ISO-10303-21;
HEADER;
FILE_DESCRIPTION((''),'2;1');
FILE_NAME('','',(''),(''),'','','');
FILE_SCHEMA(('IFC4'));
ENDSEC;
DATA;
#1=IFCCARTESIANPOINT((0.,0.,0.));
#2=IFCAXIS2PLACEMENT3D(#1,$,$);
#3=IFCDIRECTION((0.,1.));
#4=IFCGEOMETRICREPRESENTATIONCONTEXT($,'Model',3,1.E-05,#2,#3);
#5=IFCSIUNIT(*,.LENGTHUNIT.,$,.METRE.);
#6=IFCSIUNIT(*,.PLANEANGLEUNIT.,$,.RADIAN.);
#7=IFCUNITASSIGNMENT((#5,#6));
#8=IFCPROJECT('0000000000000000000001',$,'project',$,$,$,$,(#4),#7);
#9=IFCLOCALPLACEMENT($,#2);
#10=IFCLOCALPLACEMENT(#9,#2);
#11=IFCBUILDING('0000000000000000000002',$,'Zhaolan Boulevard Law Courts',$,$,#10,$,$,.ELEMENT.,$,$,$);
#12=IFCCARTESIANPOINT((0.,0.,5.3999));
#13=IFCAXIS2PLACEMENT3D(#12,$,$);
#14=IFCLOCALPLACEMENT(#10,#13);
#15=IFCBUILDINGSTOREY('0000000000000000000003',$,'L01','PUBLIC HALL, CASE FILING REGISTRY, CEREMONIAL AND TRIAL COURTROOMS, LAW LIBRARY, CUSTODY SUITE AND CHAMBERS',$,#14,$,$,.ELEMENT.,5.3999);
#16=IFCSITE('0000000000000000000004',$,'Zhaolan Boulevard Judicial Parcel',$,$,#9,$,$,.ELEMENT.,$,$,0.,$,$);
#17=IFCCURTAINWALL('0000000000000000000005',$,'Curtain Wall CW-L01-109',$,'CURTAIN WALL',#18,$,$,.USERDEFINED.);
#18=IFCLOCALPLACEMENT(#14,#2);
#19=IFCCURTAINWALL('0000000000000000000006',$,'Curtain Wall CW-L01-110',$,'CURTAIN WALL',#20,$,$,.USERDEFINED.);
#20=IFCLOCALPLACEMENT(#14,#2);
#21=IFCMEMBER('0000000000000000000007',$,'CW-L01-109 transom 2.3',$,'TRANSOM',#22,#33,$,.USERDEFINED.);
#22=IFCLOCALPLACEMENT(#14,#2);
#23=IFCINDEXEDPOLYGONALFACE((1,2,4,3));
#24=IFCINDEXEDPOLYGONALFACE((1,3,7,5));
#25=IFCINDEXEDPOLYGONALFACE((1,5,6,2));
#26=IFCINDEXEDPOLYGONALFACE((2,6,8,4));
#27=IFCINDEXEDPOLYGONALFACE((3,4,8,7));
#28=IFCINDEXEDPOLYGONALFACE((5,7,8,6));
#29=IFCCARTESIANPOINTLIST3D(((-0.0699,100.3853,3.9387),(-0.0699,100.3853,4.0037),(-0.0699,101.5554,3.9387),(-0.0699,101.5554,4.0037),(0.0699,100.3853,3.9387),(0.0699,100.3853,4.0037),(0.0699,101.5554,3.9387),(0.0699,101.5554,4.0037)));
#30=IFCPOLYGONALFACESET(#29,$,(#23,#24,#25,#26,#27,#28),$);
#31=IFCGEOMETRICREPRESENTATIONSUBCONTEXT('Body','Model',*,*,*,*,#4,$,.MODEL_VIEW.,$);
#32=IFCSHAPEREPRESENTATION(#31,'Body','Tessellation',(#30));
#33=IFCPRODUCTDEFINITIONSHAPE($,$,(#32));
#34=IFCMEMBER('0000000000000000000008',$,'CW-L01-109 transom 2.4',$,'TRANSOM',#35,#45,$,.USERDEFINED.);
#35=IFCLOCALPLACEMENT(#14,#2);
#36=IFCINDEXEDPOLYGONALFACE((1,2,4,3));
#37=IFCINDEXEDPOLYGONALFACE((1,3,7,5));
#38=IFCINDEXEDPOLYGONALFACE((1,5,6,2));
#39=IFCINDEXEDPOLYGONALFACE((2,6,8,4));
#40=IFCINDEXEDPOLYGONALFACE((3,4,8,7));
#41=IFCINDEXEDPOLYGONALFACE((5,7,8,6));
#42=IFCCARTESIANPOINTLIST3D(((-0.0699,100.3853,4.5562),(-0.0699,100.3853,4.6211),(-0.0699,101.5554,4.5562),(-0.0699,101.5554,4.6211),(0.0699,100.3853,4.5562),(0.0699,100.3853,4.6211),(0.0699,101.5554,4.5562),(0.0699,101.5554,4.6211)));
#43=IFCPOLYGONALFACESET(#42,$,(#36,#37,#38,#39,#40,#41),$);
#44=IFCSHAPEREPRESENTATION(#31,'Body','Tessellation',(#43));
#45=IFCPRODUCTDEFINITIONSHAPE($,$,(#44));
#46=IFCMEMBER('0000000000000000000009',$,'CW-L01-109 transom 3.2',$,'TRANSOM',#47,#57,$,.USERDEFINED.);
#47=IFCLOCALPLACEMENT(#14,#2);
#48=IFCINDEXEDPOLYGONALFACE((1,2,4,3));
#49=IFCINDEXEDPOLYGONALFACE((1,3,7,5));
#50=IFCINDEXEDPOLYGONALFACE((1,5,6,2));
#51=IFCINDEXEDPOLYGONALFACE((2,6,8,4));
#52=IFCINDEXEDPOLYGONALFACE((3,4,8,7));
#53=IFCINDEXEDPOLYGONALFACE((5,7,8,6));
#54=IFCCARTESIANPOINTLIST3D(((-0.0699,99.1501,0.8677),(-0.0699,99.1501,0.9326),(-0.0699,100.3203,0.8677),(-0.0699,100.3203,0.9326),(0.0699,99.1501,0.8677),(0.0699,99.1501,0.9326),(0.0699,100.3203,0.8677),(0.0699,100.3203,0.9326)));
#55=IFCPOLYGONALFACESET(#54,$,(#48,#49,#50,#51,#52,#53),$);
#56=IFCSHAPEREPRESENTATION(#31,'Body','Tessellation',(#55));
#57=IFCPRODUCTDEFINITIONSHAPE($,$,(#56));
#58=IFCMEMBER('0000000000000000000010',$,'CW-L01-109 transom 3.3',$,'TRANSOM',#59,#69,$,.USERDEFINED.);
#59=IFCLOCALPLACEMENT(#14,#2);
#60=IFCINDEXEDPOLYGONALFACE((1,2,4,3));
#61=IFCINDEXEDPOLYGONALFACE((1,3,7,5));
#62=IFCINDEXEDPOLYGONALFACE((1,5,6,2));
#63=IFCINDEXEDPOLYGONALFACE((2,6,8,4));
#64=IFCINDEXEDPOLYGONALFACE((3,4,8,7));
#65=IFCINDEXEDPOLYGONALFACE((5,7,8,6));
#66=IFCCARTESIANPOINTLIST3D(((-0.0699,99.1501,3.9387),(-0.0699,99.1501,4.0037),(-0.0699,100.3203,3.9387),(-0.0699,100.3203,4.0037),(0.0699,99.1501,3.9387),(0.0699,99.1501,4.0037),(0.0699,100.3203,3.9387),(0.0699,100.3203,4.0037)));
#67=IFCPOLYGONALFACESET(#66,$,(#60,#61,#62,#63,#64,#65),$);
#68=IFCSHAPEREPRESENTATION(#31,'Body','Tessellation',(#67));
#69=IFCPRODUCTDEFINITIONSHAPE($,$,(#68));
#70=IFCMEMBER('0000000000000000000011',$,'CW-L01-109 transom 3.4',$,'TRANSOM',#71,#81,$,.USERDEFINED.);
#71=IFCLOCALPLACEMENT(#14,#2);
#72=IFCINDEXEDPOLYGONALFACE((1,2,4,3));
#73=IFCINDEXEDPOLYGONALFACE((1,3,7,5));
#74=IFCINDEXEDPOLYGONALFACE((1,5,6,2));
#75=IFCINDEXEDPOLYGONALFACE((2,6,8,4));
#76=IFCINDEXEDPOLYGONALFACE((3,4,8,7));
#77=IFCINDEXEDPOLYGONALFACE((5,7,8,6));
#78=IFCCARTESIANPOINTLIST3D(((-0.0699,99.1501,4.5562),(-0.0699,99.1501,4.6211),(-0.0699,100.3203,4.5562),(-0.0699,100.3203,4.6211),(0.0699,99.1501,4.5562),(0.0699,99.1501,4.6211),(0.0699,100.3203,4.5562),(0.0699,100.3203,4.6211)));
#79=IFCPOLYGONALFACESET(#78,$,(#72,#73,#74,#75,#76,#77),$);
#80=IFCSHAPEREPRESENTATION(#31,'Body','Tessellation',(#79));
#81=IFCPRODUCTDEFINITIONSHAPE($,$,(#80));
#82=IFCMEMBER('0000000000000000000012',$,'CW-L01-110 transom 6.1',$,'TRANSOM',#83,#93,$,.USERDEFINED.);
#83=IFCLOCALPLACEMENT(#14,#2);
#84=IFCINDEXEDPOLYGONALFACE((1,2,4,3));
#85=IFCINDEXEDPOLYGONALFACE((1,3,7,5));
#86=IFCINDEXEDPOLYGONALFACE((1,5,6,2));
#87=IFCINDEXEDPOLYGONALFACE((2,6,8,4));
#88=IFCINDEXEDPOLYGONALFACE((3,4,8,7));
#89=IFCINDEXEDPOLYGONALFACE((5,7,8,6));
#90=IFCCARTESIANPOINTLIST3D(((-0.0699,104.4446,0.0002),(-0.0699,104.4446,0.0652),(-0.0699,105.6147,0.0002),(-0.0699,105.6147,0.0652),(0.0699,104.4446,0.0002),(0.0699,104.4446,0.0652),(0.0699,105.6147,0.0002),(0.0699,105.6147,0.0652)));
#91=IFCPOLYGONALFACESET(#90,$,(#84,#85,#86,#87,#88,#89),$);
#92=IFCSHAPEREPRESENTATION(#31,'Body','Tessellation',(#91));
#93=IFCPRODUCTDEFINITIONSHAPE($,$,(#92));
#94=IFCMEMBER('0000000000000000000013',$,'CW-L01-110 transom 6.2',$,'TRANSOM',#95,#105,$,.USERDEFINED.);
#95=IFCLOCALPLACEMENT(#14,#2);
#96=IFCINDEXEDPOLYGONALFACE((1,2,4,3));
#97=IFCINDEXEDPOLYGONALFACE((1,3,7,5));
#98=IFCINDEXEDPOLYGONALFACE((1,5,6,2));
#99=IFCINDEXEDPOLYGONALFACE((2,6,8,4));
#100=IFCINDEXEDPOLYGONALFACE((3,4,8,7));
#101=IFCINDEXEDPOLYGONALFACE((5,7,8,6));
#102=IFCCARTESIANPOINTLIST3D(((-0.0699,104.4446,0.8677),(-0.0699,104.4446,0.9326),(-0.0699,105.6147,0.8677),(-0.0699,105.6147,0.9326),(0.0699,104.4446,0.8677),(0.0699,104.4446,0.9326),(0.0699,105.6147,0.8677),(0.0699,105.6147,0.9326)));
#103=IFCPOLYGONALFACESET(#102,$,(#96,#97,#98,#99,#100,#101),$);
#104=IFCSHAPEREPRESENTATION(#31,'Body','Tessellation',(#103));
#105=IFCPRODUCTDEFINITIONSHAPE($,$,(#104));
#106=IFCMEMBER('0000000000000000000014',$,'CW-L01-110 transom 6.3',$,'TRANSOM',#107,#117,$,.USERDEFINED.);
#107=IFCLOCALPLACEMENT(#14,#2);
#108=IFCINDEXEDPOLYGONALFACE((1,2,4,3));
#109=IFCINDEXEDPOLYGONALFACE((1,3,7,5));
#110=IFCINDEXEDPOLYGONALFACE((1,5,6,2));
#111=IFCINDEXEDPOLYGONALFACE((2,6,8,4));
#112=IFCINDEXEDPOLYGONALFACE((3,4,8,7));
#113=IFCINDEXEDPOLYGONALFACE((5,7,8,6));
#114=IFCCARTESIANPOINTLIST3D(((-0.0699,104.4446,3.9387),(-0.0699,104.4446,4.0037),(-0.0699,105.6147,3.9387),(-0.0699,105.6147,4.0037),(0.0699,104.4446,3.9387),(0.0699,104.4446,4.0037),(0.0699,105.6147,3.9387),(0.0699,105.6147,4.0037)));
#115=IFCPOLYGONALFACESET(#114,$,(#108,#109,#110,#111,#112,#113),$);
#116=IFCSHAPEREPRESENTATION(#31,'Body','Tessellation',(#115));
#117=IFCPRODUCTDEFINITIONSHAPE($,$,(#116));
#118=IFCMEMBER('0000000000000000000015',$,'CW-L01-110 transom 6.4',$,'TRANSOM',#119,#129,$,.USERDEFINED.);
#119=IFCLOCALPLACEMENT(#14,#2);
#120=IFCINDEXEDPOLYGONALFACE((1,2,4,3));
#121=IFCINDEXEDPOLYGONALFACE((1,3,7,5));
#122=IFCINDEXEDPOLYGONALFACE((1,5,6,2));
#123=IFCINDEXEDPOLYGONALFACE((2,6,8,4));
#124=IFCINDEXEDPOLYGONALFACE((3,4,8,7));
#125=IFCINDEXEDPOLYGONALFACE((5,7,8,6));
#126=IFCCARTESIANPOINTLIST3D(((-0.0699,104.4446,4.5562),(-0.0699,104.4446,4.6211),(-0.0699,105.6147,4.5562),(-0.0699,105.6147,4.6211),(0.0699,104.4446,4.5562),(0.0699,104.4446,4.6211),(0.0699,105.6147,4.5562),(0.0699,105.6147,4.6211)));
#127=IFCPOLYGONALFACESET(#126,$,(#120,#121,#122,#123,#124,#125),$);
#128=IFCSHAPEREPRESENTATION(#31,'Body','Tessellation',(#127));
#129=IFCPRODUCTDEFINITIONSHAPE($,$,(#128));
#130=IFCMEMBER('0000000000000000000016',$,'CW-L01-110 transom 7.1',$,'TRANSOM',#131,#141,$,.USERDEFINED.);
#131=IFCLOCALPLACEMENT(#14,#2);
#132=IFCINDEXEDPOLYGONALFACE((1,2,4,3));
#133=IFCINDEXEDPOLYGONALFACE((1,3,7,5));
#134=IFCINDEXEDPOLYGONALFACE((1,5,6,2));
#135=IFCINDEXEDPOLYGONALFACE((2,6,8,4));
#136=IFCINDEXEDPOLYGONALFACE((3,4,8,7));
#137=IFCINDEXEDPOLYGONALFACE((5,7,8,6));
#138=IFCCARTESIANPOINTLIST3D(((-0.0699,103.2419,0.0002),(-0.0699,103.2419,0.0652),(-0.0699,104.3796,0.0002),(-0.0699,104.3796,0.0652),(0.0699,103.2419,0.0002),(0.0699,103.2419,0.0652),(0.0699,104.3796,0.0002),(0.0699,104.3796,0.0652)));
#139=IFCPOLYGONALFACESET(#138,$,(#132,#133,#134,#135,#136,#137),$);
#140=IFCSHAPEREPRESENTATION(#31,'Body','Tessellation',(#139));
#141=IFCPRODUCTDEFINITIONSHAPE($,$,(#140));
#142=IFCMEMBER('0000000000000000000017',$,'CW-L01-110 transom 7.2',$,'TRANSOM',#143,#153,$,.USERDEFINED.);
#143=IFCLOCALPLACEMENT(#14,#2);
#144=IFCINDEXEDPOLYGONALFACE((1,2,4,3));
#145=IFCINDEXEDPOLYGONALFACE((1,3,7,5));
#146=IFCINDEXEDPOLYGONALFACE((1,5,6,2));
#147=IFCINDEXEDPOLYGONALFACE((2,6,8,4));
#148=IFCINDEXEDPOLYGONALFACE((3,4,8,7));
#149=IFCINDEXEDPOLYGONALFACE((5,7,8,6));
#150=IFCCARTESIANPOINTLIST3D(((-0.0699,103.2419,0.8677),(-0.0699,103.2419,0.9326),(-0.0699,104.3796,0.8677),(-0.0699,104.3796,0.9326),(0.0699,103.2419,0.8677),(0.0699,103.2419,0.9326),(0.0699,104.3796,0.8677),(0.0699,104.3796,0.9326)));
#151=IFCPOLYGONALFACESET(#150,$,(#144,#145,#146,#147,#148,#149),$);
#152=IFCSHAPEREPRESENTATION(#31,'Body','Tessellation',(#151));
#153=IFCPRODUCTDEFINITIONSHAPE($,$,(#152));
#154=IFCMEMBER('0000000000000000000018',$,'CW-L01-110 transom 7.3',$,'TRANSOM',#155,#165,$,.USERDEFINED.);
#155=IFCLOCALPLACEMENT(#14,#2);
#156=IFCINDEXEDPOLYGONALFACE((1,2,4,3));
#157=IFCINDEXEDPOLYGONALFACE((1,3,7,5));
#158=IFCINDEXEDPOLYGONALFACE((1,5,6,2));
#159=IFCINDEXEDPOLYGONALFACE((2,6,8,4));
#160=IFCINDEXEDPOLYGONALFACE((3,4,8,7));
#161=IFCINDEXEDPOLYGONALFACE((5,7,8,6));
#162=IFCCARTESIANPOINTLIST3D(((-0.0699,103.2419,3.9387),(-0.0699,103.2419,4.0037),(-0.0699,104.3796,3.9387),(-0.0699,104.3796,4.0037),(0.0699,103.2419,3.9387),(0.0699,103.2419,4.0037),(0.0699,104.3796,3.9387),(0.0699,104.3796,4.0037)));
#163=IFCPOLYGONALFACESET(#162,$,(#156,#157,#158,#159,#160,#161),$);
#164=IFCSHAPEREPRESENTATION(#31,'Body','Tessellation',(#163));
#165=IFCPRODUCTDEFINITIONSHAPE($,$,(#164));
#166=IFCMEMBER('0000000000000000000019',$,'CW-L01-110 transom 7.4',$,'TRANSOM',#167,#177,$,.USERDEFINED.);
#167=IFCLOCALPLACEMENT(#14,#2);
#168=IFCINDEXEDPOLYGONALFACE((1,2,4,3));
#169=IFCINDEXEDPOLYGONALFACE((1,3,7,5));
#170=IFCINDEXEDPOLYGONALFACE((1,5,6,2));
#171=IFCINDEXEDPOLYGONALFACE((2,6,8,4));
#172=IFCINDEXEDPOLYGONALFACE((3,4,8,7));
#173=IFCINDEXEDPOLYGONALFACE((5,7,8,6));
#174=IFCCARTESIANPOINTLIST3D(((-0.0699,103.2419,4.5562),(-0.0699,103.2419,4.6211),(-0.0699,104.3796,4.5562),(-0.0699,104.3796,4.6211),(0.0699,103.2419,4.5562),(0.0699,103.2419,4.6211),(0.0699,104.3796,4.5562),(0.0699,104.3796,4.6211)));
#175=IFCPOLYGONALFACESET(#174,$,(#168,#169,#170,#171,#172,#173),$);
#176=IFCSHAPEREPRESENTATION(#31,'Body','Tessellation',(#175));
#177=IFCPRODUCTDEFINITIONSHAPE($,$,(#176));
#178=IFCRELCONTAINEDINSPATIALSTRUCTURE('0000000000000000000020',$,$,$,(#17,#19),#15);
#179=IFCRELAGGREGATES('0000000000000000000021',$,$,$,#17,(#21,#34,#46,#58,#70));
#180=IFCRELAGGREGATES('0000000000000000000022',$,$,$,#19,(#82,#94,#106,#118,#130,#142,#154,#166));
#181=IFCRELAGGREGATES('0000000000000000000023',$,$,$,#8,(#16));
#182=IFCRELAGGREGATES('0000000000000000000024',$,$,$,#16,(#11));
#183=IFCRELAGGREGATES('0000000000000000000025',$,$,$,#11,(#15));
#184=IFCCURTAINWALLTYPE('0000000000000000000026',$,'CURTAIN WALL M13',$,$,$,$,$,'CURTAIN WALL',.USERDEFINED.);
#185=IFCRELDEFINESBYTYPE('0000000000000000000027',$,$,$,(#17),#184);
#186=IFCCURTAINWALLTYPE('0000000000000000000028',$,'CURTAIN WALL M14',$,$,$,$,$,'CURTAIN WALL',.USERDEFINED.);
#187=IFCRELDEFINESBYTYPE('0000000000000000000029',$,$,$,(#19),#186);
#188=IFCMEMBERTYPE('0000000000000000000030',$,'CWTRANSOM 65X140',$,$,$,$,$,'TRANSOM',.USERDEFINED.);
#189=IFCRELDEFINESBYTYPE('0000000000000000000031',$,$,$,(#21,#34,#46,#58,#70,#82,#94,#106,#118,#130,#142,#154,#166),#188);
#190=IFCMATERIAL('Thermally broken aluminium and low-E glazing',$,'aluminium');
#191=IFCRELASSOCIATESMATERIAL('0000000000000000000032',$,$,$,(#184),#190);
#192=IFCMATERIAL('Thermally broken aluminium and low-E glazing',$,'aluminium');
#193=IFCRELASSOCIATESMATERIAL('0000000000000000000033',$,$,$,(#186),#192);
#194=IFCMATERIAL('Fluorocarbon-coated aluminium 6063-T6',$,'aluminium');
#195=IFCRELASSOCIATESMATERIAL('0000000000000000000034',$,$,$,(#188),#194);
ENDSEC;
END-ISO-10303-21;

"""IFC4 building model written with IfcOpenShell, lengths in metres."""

from ifc_helpers import new_model, si_unit, direction, frame, origin, origin_2d, place, context, subcontext, project, spatial, rectangle, extrude, material, material_profile, profile_set, type_object, element, aggregate, save


model = new_model("IFC4")

# Units and contexts
model_context = context("Model", 3, precision=1e-05, world=origin(), true_north=direction((0.0, 1.0)))
body_context = subcontext(model_context, "Body", "Model", "MODEL_VIEW")
ifc_project = project(units=[si_unit("LENGTHUNIT", "METRE"), si_unit("PLANEANGLEUNIT", "RADIAN")], contexts=[model_context])

# Site, building, storey
site_placement = place(None, origin())
site = spatial("IfcSite", under=ifc_project, at=site_placement, Name="Zhaolan Boulevard Judicial Parcel", CompositionType="ELEMENT", RefElevation=0.0)
building_placement = place(site_placement, origin())
building = spatial("IfcBuilding", under=site, at=building_placement, Name="Zhaolan Boulevard Law Courts", CompositionType="ELEMENT")
storey_placement = place(building_placement, frame((0.0, 0.0, 5.3999)))
storey = spatial("IfcBuildingStorey", under=building, at=storey_placement, Name="L01", Description="PUBLIC HALL, CASE FILING REGISTRY, CEREMONIAL AND TRIAL COURTROOMS, LAW LIBRARY, CUSTODY SUITE AND CHAMBERS", CompositionType="ELEMENT", Elevation=5.3999)

# Curtain walls
ifc_material_1 = material(Name="Thermally broken aluminium and low-E glazing", Category="aluminium")
curtain_wall_type_1 = type_object("IfcCurtainWallType", Name="CURTAIN WALL M13", ElementType="CURTAIN WALL", PredefinedType="USERDEFINED", material=ifc_material_1)
curtain_wall_1_placement = place(storey_placement, origin())
curtain_wall_1 = element("IfcCurtainWall", 1, at=curtain_wall_1_placement, inside=storey, type_object=curtain_wall_type_1, Name="Curtain Wall CW-L01-109", ObjectType="CURTAIN WALL", PredefinedType="USERDEFINED")
ifc_material_2 = material(Name="Thermally broken aluminium and low-E glazing", Category="aluminium")
curtain_wall_type_2 = type_object("IfcCurtainWallType", Name="CURTAIN WALL M14", ElementType="CURTAIN WALL", PredefinedType="USERDEFINED", material=ifc_material_2)
curtain_wall_2_placement = place(storey_placement, origin())
curtain_wall_2 = element("IfcCurtainWall", 2, at=curtain_wall_2_placement, inside=storey, type_object=curtain_wall_type_2, Name="Curtain Wall CW-L01-110", ObjectType="CURTAIN WALL", PredefinedType="USERDEFINED")

# Members
ifc_material_3 = material(Name="Fluorocarbon-coated aluminium 6063-T6", Category="aluminium")
ifc_material_profile_1 = material_profile(ifc_material_3, rectangle(XDim=0.1399, YDim=0.0649, at=origin_2d()), Name="AL65x140")
ifc_profile_set_1 = profile_set([ifc_material_profile_1], Name="Fluorocarbon-coated aluminium 6063-T6")
member_type_1 = type_object("IfcMemberType", Name="CWTRANSOM 65X140", ElementType="TRANSOM", PredefinedType="USERDEFINED", material=ifc_profile_set_1)
member_1_placement = place(storey_placement, frame((0.0, 101.5554, 3.9712), z_axis=(0.0, -1.0, 0.0), x_axis=(1.0, 0.0, 0.0)))
member_1 = element("IfcMember", 3, at=member_1_placement, type_object=member_type_1, Name="CW-L01-109 transom 2.3", ObjectType="TRANSOM", PredefinedType="USERDEFINED", context=body_context, shape_type="SweptSolid", body=[
    extrude(rectangle(XDim=0.1399, YDim=0.0649, at=origin_2d()), origin(), (0.0, 0.0, 1.0), 1.1702),
])
member_2_placement = place(storey_placement, frame((0.0, 101.5554, 4.5886), z_axis=(0.0, -1.0, 0.0), x_axis=(1.0, 0.0, 0.0)))
member_2 = element("IfcMember", 4, at=member_2_placement, type_object=member_type_1, Name="CW-L01-109 transom 2.4", ObjectType="TRANSOM", PredefinedType="USERDEFINED", context=body_context, shape_type="SweptSolid", body=[
    extrude(rectangle(XDim=0.1399, YDim=0.0649, at=origin_2d()), origin(), (0.0, 0.0, 1.0), 1.1702),
])
member_3_placement = place(storey_placement, frame((0.0, 100.3203, 0.9001), z_axis=(0.0, -1.0, 0.0), x_axis=(1.0, 0.0, 0.0)))
member_3 = element("IfcMember", 5, at=member_3_placement, type_object=member_type_1, Name="CW-L01-109 transom 3.2", ObjectType="TRANSOM", PredefinedType="USERDEFINED", context=body_context, shape_type="SweptSolid", body=[
    extrude(rectangle(XDim=0.1399, YDim=0.0649, at=origin_2d()), origin(), (0.0, 0.0, 1.0), 1.1702),
])
member_4_placement = place(storey_placement, frame((0.0, 100.3203, 3.9712), z_axis=(0.0, -1.0, 0.0), x_axis=(1.0, 0.0, 0.0)))
member_4 = element("IfcMember", 6, at=member_4_placement, type_object=member_type_1, Name="CW-L01-109 transom 3.3", ObjectType="TRANSOM", PredefinedType="USERDEFINED", context=body_context, shape_type="SweptSolid", body=[
    extrude(rectangle(XDim=0.1399, YDim=0.0649, at=origin_2d()), origin(), (0.0, 0.0, 1.0), 1.1702),
])
member_5_placement = place(storey_placement, frame((0.0, 100.3203, 4.5886), z_axis=(0.0, -1.0, 0.0), x_axis=(1.0, 0.0, 0.0)))
member_5 = element("IfcMember", 7, at=member_5_placement, type_object=member_type_1, Name="CW-L01-109 transom 3.4", ObjectType="TRANSOM", PredefinedType="USERDEFINED", context=body_context, shape_type="SweptSolid", body=[
    extrude(rectangle(XDim=0.1399, YDim=0.0649, at=origin_2d()), origin(), (0.0, 0.0, 1.0), 1.1702),
])
member_6_placement = place(storey_placement, frame((0.0, 105.6147, 0.0327), z_axis=(0.0, -1.0, 0.0), x_axis=(1.0, 0.0, 0.0)))
member_6 = element("IfcMember", 8, at=member_6_placement, type_object=member_type_1, Name="CW-L01-110 transom 6.1", ObjectType="TRANSOM", PredefinedType="USERDEFINED", context=body_context, shape_type="SweptSolid", body=[
    extrude(rectangle(XDim=0.1399, YDim=0.0649, at=origin_2d()), origin(), (0.0, 0.0, 1.0), 1.1702),
])
member_7_placement = place(storey_placement, frame((0.0, 105.6147, 0.9001), z_axis=(0.0, -1.0, 0.0), x_axis=(1.0, 0.0, 0.0)))
member_7 = element("IfcMember", 9, at=member_7_placement, type_object=member_type_1, Name="CW-L01-110 transom 6.2", ObjectType="TRANSOM", PredefinedType="USERDEFINED", context=body_context, shape_type="SweptSolid", body=[
    extrude(rectangle(XDim=0.1399, YDim=0.0649, at=origin_2d()), origin(), (0.0, 0.0, 1.0), 1.1702),
])
member_8_placement = place(storey_placement, frame((0.0, 105.6147, 3.9712), z_axis=(0.0, -1.0, 0.0), x_axis=(1.0, 0.0, 0.0)))
member_8 = element("IfcMember", 10, at=member_8_placement, type_object=member_type_1, Name="CW-L01-110 transom 6.3", ObjectType="TRANSOM", PredefinedType="USERDEFINED", context=body_context, shape_type="SweptSolid", body=[
    extrude(rectangle(XDim=0.1399, YDim=0.0649, at=origin_2d()), origin(), (0.0, 0.0, 1.0), 1.1702),
])
member_9_placement = place(storey_placement, frame((0.0, 105.6147, 4.5886), z_axis=(0.0, -1.0, 0.0), x_axis=(1.0, 0.0, 0.0)))
member_9 = element("IfcMember", 11, at=member_9_placement, type_object=member_type_1, Name="CW-L01-110 transom 6.4", ObjectType="TRANSOM", PredefinedType="USERDEFINED", context=body_context, shape_type="SweptSolid", body=[
    extrude(rectangle(XDim=0.1399, YDim=0.0649, at=origin_2d()), origin(), (0.0, 0.0, 1.0), 1.1702),
])
member_10_placement = place(storey_placement, frame((0.0, 104.3796, 0.0327), z_axis=(0.0, -1.0, 0.0), x_axis=(1.0, 0.0, 0.0)))
member_10 = element("IfcMember", 12, at=member_10_placement, type_object=member_type_1, Name="CW-L01-110 transom 7.1", ObjectType="TRANSOM", PredefinedType="USERDEFINED", context=body_context, shape_type="SweptSolid", body=[
    extrude(rectangle(XDim=0.1399, YDim=0.0649, at=origin_2d()), origin(), (0.0, 0.0, 1.0), 1.1377),
])
member_11_placement = place(storey_placement, frame((0.0, 104.3796, 0.9001), z_axis=(0.0, -1.0, 0.0), x_axis=(1.0, 0.0, 0.0)))
member_11 = element("IfcMember", 13, at=member_11_placement, type_object=member_type_1, Name="CW-L01-110 transom 7.2", ObjectType="TRANSOM", PredefinedType="USERDEFINED", context=body_context, shape_type="SweptSolid", body=[
    extrude(rectangle(XDim=0.1399, YDim=0.0649, at=origin_2d()), origin(), (0.0, 0.0, 1.0), 1.1377),
])
member_12_placement = place(storey_placement, frame((0.0, 104.3796, 3.9712), z_axis=(0.0, -1.0, 0.0), x_axis=(1.0, 0.0, 0.0)))
member_12 = element("IfcMember", 14, at=member_12_placement, type_object=member_type_1, Name="CW-L01-110 transom 7.3", ObjectType="TRANSOM", PredefinedType="USERDEFINED", context=body_context, shape_type="SweptSolid", body=[
    extrude(rectangle(XDim=0.1399, YDim=0.0649, at=origin_2d()), origin(), (0.0, 0.0, 1.0), 1.1377),
])
member_13_placement = place(storey_placement, frame((0.0, 104.3796, 4.5886), z_axis=(0.0, -1.0, 0.0), x_axis=(1.0, 0.0, 0.0)))
member_13 = element("IfcMember", 15, at=member_13_placement, type_object=member_type_1, Name="CW-L01-110 transom 7.4", ObjectType="TRANSOM", PredefinedType="USERDEFINED", context=body_context, shape_type="SweptSolid", body=[
    extrude(rectangle(XDim=0.1399, YDim=0.0649, at=origin_2d()), origin(), (0.0, 0.0, 1.0), 1.1377),
])

aggregate(curtain_wall_1, [member_1, member_2, member_3, member_4, member_5])
aggregate(curtain_wall_2, [member_6, member_7, member_8, member_9, member_10, member_11, member_12, member_13])

save(model, "model.ifc")
